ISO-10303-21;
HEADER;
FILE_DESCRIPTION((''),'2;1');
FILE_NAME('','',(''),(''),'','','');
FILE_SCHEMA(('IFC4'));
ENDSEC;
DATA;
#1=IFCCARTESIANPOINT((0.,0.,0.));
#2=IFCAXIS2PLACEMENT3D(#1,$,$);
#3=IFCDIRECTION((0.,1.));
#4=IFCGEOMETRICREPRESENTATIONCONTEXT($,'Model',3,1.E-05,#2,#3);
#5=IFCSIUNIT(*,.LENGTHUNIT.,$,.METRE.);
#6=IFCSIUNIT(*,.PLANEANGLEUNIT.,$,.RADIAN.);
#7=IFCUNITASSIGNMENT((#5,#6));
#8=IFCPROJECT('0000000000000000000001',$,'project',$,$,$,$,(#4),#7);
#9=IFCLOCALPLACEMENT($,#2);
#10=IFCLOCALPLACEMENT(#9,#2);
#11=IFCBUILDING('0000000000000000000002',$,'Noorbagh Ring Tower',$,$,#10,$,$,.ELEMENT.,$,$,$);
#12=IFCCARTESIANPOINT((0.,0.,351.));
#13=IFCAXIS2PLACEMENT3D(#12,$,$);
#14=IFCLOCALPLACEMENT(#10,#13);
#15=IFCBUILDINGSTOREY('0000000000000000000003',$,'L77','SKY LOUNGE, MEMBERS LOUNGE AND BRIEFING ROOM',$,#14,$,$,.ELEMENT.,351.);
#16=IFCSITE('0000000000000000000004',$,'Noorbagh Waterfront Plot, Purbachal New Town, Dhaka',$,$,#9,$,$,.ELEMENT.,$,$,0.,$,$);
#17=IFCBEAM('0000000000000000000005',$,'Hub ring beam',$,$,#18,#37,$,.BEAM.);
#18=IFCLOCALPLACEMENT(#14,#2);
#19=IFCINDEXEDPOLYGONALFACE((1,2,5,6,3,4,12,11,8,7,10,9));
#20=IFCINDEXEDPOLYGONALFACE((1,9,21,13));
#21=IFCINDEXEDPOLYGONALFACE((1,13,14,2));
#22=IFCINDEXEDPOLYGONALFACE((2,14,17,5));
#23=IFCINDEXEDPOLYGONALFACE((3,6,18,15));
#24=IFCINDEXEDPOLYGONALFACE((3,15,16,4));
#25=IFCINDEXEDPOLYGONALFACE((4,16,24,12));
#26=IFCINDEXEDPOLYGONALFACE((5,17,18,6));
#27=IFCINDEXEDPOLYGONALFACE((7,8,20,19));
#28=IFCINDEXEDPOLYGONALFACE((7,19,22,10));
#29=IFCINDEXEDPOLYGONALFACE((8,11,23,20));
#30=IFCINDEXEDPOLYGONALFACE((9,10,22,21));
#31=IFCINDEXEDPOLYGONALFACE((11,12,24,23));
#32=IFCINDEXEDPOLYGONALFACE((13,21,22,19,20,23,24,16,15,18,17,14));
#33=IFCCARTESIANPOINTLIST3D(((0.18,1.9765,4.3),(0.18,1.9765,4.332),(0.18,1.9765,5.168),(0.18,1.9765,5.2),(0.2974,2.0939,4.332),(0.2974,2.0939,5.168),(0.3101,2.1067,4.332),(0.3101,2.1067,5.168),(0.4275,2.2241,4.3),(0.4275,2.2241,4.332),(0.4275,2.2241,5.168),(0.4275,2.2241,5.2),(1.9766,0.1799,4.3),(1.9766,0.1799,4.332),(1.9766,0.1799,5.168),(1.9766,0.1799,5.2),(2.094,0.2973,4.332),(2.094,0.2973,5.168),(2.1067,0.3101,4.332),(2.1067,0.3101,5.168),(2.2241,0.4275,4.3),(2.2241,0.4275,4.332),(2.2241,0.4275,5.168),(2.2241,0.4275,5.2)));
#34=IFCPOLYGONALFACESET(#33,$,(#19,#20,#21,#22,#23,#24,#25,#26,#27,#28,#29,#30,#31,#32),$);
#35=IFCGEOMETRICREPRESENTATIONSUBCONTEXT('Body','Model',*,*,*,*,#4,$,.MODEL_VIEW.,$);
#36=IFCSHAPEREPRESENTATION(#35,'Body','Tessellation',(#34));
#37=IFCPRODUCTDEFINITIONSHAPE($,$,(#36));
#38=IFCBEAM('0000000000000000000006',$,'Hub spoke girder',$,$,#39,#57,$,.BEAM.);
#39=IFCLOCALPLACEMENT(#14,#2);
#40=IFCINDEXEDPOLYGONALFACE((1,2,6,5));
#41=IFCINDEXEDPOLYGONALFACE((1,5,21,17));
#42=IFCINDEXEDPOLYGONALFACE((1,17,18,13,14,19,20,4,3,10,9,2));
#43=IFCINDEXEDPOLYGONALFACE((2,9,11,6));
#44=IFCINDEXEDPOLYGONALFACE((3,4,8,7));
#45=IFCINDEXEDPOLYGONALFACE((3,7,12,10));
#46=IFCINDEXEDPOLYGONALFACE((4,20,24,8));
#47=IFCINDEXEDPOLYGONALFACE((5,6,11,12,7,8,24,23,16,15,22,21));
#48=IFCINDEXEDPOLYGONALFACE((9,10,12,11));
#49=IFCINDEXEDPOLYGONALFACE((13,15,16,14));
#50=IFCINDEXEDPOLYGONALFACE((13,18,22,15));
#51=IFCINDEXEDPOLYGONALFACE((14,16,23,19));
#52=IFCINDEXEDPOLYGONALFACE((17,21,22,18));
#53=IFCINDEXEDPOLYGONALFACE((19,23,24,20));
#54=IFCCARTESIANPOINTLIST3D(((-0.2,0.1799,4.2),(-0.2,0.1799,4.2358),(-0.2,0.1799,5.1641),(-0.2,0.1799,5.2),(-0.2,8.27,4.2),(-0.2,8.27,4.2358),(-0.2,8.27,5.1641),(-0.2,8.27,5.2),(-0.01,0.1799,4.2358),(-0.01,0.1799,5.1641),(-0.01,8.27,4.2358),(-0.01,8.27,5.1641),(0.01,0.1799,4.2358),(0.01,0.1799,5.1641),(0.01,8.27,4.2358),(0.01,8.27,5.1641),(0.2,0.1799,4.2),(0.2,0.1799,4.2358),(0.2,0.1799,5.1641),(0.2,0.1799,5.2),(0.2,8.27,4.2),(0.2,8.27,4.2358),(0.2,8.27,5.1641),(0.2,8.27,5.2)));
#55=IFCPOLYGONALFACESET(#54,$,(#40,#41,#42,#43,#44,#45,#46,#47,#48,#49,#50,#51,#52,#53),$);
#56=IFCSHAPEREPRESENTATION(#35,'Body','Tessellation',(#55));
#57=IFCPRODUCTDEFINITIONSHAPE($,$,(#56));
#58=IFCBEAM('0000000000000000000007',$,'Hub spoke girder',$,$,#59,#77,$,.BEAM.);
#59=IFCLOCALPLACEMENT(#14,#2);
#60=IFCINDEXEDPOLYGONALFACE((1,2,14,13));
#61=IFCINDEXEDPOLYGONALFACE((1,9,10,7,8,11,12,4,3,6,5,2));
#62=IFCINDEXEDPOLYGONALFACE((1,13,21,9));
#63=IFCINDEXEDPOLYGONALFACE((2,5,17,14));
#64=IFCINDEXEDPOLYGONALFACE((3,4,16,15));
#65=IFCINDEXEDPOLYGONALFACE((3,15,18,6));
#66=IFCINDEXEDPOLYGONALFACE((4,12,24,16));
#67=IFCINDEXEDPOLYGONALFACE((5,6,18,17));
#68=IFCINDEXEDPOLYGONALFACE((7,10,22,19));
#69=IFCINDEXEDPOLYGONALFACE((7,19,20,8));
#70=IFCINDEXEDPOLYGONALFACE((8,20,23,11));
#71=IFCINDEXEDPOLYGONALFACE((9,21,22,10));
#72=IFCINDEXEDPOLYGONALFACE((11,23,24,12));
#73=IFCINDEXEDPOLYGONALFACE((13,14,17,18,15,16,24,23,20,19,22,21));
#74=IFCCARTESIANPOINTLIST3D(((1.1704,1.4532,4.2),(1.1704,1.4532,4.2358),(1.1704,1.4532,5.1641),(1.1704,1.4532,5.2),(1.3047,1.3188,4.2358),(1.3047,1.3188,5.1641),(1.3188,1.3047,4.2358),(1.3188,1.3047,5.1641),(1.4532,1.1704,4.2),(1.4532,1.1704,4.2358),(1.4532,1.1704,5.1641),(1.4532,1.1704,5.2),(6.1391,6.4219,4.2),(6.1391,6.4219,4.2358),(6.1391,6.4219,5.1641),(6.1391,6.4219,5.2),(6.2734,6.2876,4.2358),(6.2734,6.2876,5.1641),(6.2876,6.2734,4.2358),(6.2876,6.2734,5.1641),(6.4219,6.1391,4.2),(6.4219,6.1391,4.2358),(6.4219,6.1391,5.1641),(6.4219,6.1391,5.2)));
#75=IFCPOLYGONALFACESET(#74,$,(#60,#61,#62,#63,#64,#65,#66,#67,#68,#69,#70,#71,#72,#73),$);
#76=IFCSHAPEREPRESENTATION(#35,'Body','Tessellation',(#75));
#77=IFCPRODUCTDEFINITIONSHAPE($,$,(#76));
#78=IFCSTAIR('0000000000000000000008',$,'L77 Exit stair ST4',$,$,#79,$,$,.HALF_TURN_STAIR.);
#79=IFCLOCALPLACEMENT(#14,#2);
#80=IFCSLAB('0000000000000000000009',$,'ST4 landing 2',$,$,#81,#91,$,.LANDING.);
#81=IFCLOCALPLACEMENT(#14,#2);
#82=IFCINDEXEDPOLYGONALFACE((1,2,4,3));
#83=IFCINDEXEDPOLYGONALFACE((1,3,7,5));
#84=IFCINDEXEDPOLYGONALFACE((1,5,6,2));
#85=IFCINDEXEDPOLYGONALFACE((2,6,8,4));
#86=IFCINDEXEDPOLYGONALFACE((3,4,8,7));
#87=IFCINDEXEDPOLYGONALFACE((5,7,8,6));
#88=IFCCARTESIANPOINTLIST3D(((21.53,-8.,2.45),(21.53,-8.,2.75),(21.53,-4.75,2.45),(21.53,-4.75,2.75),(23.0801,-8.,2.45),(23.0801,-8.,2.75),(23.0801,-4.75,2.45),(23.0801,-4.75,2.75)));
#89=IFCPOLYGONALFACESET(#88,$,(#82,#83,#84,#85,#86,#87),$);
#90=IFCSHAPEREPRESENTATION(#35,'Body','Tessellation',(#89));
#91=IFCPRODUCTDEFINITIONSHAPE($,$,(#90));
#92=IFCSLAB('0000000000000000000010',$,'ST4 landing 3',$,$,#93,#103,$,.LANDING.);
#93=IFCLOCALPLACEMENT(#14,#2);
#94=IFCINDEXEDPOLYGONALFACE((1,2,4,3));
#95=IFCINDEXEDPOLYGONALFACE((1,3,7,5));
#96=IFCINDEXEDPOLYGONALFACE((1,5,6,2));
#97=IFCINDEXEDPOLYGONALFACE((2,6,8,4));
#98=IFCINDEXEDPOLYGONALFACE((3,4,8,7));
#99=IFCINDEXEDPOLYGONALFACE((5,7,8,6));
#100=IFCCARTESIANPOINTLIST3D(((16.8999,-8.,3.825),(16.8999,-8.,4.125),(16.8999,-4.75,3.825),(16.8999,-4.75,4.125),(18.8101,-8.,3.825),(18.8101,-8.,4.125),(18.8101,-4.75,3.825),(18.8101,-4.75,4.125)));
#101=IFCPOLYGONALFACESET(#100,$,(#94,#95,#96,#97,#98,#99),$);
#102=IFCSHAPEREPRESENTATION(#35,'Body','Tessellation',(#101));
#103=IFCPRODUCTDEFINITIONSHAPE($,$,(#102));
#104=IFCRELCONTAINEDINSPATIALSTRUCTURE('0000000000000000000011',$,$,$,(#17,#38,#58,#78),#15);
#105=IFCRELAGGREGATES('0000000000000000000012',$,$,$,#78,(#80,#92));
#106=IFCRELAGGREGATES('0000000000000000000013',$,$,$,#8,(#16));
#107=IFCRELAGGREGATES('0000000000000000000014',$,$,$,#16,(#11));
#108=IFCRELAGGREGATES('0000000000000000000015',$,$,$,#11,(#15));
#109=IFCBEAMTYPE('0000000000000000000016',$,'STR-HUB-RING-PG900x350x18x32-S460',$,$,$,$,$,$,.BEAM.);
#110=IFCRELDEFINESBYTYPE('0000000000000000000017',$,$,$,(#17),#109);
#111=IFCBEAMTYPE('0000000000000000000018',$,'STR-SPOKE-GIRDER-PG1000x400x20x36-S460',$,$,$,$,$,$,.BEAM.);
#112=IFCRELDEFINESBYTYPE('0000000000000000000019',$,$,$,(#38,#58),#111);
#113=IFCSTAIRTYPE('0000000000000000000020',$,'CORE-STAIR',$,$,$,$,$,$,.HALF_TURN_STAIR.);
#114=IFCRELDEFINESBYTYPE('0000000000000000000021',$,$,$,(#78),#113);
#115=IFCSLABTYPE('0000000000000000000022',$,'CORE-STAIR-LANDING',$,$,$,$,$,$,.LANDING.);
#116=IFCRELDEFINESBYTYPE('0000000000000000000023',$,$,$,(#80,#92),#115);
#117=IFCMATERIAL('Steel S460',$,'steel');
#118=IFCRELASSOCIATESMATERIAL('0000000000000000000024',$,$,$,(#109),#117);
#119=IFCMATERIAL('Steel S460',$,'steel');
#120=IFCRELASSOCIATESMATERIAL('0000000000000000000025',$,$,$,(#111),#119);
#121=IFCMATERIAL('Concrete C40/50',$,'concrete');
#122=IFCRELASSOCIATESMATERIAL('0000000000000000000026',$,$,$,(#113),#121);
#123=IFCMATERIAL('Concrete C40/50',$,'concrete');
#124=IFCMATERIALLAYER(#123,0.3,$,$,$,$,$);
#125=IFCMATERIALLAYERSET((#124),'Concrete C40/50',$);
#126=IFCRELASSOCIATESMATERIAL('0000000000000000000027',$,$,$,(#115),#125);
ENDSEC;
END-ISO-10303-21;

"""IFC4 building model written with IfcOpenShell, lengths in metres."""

from ifc_helpers import new_model, si_unit, direction, frame, origin, origin_2d, place, context, subcontext, project, spatial, polyline, i_section, outline, extrude, material, layer, layer_set, material_profile, profile_set, type_object, element, aggregate, save


model = new_model("IFC4")

# Units and contexts
model_context = context("Model", 3, precision=1e-05, world=origin(), true_north=direction((0.0, 1.0)))
body_context = subcontext(model_context, "Body", "Model", "MODEL_VIEW")
ifc_project = project(units=[si_unit("LENGTHUNIT", "METRE"), si_unit("PLANEANGLEUNIT", "RADIAN")], contexts=[model_context])

# Site, building, storey
site_placement = place(None, origin())
site = spatial("IfcSite", under=ifc_project, at=site_placement, Name="Noorbagh Waterfront Plot, Purbachal New Town, Dhaka", CompositionType="ELEMENT", RefElevation=0.0)
building_placement = place(site_placement, origin())
building = spatial("IfcBuilding", under=site, at=building_placement, Name="Noorbagh Ring Tower", CompositionType="ELEMENT")
storey_placement = place(building_placement, frame((0.0, 0.0, 351.0)))
storey = spatial("IfcBuildingStorey", under=building, at=storey_placement, Name="L77", Description="SKY LOUNGE, MEMBERS LOUNGE AND BRIEFING ROOM", CompositionType="ELEMENT", Elevation=351.0)

# Beams
ifc_material_1 = material(Name="Steel S460", Category="steel")
ifc_material_profile_1 = material_profile(ifc_material_1, i_section(OverallWidth=0.3501, OverallDepth=0.8999, WebThickness=0.0181, FlangeThickness=0.032, at=origin_2d()), Name="PG900x350x18x32")
ifc_profile_set_1 = profile_set([ifc_material_profile_1], Name="Steel S460")
beam_type_1 = type_object("IfcBeamType", Name="STR-HUB-RING-PG900x350x18x32-S460", PredefinedType="BEAM", material=ifc_profile_set_1)
beam_1_placement = place(storey_placement, frame((2.1003, 0.3037, 4.75), z_axis=(-0.707107, 0.707107, 0.0), x_axis=(-0.707107, -0.707107, 0.0)))
element("IfcBeam", 1, at=beam_1_placement, inside=storey, type_object=beam_type_1, Name="Hub ring beam", PredefinedType="BEAM", context=body_context, shape_type="SweptSolid", body=[
    extrude(i_section(OverallWidth=0.3501, OverallDepth=0.8999, WebThickness=0.0181, FlangeThickness=0.032, at=origin_2d()), origin(), (0.0, 0.0, 1.0), 2.5408),
])
ifc_material_2 = material(Name="Steel S460", Category="steel")
ifc_material_profile_2 = material_profile(ifc_material_2, i_section(OverallWidth=0.3999, OverallDepth=1.0, WebThickness=0.02, FlangeThickness=0.0359, at=origin_2d()), Name="PG1000x400x20x36")
ifc_profile_set_2 = profile_set([ifc_material_profile_2], Name="Steel S460")
beam_type_2 = type_object("IfcBeamType", Name="STR-SPOKE-GIRDER-PG1000x400x20x36-S460", PredefinedType="BEAM", material=ifc_profile_set_2)
beam_2_placement = place(storey_placement, frame((0.0, 0.1799, 4.7), z_axis=(0.0, 1.0, 0.0), x_axis=(-1.0, 0.0, 0.0)))
element("IfcBeam", 2, at=beam_2_placement, inside=storey, type_object=beam_type_2, Name="Hub spoke girder", PredefinedType="BEAM", context=body_context, shape_type="SweptSolid", body=[
    extrude(i_section(OverallWidth=0.3999, OverallDepth=1.0, WebThickness=0.02, FlangeThickness=0.0359, at=origin_2d()), origin(), (0.0, 0.0, 1.0), 8.0901),
])
beam_3_placement = place(storey_placement, frame((1.3118, 1.3118, 4.7), z_axis=(0.707107, 0.707107, 0.0), x_axis=(-0.707107, 0.707107, 0.0)))
element("IfcBeam", 3, at=beam_3_placement, inside=storey, type_object=beam_type_2, Name="Hub spoke girder", PredefinedType="BEAM", context=body_context, shape_type="SweptSolid", body=[
    extrude(i_section(OverallWidth=0.3999, OverallDepth=1.0, WebThickness=0.02, FlangeThickness=0.0359, at=origin_2d()), origin(), (0.0, 0.0, 1.0), 7.0269),
])

# Stair, slabs
ifc_material_3 = material(Name="Concrete C40/50", Category="concrete")
stair_type = type_object("IfcStairType", Name="CORE-STAIR", PredefinedType="HALF_TURN_STAIR", material=ifc_material_3)
stair_placement = place(storey_placement, origin())
stair = element("IfcStair", 4, at=stair_placement, inside=storey, type_object=stair_type, Name="L77 Exit stair ST4", PredefinedType="HALF_TURN_STAIR")
ifc_material_4 = material(Name="Concrete C40/50", Category="concrete")
ifc_layer = layer(ifc_material_4, 0.3)
ifc_layer_set = layer_set([ifc_layer], Name="Concrete C40/50")
slab_type = type_object("IfcSlabType", Name="CORE-STAIR-LANDING", PredefinedType="LANDING", material=ifc_layer_set)
slab_1_placement = place(storey_placement, frame((0.0, 0.0, 2.45)))
slab_1 = element("IfcSlab", 5, at=slab_1_placement, type_object=slab_type, Name="ST4 landing 2", PredefinedType="LANDING", context=body_context, shape_type="SweptSolid", body=[
    extrude(outline(polyline([(23.0801, -4.75), (21.53, -4.75), (21.53, -8.0), (23.0801, -8.0), (23.0801, -4.75)])), origin(), (0.0, 0.0, 1.0), 0.3),
])
slab_2_placement = place(storey_placement, frame((0.0, 0.0, 3.825)))
slab_2 = element("IfcSlab", 6, at=slab_2_placement, type_object=slab_type, Name="ST4 landing 3", PredefinedType="LANDING", context=body_context, shape_type="SweptSolid", body=[
    extrude(outline(polyline([(18.8101, -4.75), (16.8999, -4.75), (16.8999, -8.0), (18.8101, -8.0), (18.8101, -4.75)])), origin(), (0.0, 0.0, 1.0), 0.3),
])
aggregate(stair, [slab_1, slab_2])

save(model, "model.ifc")
